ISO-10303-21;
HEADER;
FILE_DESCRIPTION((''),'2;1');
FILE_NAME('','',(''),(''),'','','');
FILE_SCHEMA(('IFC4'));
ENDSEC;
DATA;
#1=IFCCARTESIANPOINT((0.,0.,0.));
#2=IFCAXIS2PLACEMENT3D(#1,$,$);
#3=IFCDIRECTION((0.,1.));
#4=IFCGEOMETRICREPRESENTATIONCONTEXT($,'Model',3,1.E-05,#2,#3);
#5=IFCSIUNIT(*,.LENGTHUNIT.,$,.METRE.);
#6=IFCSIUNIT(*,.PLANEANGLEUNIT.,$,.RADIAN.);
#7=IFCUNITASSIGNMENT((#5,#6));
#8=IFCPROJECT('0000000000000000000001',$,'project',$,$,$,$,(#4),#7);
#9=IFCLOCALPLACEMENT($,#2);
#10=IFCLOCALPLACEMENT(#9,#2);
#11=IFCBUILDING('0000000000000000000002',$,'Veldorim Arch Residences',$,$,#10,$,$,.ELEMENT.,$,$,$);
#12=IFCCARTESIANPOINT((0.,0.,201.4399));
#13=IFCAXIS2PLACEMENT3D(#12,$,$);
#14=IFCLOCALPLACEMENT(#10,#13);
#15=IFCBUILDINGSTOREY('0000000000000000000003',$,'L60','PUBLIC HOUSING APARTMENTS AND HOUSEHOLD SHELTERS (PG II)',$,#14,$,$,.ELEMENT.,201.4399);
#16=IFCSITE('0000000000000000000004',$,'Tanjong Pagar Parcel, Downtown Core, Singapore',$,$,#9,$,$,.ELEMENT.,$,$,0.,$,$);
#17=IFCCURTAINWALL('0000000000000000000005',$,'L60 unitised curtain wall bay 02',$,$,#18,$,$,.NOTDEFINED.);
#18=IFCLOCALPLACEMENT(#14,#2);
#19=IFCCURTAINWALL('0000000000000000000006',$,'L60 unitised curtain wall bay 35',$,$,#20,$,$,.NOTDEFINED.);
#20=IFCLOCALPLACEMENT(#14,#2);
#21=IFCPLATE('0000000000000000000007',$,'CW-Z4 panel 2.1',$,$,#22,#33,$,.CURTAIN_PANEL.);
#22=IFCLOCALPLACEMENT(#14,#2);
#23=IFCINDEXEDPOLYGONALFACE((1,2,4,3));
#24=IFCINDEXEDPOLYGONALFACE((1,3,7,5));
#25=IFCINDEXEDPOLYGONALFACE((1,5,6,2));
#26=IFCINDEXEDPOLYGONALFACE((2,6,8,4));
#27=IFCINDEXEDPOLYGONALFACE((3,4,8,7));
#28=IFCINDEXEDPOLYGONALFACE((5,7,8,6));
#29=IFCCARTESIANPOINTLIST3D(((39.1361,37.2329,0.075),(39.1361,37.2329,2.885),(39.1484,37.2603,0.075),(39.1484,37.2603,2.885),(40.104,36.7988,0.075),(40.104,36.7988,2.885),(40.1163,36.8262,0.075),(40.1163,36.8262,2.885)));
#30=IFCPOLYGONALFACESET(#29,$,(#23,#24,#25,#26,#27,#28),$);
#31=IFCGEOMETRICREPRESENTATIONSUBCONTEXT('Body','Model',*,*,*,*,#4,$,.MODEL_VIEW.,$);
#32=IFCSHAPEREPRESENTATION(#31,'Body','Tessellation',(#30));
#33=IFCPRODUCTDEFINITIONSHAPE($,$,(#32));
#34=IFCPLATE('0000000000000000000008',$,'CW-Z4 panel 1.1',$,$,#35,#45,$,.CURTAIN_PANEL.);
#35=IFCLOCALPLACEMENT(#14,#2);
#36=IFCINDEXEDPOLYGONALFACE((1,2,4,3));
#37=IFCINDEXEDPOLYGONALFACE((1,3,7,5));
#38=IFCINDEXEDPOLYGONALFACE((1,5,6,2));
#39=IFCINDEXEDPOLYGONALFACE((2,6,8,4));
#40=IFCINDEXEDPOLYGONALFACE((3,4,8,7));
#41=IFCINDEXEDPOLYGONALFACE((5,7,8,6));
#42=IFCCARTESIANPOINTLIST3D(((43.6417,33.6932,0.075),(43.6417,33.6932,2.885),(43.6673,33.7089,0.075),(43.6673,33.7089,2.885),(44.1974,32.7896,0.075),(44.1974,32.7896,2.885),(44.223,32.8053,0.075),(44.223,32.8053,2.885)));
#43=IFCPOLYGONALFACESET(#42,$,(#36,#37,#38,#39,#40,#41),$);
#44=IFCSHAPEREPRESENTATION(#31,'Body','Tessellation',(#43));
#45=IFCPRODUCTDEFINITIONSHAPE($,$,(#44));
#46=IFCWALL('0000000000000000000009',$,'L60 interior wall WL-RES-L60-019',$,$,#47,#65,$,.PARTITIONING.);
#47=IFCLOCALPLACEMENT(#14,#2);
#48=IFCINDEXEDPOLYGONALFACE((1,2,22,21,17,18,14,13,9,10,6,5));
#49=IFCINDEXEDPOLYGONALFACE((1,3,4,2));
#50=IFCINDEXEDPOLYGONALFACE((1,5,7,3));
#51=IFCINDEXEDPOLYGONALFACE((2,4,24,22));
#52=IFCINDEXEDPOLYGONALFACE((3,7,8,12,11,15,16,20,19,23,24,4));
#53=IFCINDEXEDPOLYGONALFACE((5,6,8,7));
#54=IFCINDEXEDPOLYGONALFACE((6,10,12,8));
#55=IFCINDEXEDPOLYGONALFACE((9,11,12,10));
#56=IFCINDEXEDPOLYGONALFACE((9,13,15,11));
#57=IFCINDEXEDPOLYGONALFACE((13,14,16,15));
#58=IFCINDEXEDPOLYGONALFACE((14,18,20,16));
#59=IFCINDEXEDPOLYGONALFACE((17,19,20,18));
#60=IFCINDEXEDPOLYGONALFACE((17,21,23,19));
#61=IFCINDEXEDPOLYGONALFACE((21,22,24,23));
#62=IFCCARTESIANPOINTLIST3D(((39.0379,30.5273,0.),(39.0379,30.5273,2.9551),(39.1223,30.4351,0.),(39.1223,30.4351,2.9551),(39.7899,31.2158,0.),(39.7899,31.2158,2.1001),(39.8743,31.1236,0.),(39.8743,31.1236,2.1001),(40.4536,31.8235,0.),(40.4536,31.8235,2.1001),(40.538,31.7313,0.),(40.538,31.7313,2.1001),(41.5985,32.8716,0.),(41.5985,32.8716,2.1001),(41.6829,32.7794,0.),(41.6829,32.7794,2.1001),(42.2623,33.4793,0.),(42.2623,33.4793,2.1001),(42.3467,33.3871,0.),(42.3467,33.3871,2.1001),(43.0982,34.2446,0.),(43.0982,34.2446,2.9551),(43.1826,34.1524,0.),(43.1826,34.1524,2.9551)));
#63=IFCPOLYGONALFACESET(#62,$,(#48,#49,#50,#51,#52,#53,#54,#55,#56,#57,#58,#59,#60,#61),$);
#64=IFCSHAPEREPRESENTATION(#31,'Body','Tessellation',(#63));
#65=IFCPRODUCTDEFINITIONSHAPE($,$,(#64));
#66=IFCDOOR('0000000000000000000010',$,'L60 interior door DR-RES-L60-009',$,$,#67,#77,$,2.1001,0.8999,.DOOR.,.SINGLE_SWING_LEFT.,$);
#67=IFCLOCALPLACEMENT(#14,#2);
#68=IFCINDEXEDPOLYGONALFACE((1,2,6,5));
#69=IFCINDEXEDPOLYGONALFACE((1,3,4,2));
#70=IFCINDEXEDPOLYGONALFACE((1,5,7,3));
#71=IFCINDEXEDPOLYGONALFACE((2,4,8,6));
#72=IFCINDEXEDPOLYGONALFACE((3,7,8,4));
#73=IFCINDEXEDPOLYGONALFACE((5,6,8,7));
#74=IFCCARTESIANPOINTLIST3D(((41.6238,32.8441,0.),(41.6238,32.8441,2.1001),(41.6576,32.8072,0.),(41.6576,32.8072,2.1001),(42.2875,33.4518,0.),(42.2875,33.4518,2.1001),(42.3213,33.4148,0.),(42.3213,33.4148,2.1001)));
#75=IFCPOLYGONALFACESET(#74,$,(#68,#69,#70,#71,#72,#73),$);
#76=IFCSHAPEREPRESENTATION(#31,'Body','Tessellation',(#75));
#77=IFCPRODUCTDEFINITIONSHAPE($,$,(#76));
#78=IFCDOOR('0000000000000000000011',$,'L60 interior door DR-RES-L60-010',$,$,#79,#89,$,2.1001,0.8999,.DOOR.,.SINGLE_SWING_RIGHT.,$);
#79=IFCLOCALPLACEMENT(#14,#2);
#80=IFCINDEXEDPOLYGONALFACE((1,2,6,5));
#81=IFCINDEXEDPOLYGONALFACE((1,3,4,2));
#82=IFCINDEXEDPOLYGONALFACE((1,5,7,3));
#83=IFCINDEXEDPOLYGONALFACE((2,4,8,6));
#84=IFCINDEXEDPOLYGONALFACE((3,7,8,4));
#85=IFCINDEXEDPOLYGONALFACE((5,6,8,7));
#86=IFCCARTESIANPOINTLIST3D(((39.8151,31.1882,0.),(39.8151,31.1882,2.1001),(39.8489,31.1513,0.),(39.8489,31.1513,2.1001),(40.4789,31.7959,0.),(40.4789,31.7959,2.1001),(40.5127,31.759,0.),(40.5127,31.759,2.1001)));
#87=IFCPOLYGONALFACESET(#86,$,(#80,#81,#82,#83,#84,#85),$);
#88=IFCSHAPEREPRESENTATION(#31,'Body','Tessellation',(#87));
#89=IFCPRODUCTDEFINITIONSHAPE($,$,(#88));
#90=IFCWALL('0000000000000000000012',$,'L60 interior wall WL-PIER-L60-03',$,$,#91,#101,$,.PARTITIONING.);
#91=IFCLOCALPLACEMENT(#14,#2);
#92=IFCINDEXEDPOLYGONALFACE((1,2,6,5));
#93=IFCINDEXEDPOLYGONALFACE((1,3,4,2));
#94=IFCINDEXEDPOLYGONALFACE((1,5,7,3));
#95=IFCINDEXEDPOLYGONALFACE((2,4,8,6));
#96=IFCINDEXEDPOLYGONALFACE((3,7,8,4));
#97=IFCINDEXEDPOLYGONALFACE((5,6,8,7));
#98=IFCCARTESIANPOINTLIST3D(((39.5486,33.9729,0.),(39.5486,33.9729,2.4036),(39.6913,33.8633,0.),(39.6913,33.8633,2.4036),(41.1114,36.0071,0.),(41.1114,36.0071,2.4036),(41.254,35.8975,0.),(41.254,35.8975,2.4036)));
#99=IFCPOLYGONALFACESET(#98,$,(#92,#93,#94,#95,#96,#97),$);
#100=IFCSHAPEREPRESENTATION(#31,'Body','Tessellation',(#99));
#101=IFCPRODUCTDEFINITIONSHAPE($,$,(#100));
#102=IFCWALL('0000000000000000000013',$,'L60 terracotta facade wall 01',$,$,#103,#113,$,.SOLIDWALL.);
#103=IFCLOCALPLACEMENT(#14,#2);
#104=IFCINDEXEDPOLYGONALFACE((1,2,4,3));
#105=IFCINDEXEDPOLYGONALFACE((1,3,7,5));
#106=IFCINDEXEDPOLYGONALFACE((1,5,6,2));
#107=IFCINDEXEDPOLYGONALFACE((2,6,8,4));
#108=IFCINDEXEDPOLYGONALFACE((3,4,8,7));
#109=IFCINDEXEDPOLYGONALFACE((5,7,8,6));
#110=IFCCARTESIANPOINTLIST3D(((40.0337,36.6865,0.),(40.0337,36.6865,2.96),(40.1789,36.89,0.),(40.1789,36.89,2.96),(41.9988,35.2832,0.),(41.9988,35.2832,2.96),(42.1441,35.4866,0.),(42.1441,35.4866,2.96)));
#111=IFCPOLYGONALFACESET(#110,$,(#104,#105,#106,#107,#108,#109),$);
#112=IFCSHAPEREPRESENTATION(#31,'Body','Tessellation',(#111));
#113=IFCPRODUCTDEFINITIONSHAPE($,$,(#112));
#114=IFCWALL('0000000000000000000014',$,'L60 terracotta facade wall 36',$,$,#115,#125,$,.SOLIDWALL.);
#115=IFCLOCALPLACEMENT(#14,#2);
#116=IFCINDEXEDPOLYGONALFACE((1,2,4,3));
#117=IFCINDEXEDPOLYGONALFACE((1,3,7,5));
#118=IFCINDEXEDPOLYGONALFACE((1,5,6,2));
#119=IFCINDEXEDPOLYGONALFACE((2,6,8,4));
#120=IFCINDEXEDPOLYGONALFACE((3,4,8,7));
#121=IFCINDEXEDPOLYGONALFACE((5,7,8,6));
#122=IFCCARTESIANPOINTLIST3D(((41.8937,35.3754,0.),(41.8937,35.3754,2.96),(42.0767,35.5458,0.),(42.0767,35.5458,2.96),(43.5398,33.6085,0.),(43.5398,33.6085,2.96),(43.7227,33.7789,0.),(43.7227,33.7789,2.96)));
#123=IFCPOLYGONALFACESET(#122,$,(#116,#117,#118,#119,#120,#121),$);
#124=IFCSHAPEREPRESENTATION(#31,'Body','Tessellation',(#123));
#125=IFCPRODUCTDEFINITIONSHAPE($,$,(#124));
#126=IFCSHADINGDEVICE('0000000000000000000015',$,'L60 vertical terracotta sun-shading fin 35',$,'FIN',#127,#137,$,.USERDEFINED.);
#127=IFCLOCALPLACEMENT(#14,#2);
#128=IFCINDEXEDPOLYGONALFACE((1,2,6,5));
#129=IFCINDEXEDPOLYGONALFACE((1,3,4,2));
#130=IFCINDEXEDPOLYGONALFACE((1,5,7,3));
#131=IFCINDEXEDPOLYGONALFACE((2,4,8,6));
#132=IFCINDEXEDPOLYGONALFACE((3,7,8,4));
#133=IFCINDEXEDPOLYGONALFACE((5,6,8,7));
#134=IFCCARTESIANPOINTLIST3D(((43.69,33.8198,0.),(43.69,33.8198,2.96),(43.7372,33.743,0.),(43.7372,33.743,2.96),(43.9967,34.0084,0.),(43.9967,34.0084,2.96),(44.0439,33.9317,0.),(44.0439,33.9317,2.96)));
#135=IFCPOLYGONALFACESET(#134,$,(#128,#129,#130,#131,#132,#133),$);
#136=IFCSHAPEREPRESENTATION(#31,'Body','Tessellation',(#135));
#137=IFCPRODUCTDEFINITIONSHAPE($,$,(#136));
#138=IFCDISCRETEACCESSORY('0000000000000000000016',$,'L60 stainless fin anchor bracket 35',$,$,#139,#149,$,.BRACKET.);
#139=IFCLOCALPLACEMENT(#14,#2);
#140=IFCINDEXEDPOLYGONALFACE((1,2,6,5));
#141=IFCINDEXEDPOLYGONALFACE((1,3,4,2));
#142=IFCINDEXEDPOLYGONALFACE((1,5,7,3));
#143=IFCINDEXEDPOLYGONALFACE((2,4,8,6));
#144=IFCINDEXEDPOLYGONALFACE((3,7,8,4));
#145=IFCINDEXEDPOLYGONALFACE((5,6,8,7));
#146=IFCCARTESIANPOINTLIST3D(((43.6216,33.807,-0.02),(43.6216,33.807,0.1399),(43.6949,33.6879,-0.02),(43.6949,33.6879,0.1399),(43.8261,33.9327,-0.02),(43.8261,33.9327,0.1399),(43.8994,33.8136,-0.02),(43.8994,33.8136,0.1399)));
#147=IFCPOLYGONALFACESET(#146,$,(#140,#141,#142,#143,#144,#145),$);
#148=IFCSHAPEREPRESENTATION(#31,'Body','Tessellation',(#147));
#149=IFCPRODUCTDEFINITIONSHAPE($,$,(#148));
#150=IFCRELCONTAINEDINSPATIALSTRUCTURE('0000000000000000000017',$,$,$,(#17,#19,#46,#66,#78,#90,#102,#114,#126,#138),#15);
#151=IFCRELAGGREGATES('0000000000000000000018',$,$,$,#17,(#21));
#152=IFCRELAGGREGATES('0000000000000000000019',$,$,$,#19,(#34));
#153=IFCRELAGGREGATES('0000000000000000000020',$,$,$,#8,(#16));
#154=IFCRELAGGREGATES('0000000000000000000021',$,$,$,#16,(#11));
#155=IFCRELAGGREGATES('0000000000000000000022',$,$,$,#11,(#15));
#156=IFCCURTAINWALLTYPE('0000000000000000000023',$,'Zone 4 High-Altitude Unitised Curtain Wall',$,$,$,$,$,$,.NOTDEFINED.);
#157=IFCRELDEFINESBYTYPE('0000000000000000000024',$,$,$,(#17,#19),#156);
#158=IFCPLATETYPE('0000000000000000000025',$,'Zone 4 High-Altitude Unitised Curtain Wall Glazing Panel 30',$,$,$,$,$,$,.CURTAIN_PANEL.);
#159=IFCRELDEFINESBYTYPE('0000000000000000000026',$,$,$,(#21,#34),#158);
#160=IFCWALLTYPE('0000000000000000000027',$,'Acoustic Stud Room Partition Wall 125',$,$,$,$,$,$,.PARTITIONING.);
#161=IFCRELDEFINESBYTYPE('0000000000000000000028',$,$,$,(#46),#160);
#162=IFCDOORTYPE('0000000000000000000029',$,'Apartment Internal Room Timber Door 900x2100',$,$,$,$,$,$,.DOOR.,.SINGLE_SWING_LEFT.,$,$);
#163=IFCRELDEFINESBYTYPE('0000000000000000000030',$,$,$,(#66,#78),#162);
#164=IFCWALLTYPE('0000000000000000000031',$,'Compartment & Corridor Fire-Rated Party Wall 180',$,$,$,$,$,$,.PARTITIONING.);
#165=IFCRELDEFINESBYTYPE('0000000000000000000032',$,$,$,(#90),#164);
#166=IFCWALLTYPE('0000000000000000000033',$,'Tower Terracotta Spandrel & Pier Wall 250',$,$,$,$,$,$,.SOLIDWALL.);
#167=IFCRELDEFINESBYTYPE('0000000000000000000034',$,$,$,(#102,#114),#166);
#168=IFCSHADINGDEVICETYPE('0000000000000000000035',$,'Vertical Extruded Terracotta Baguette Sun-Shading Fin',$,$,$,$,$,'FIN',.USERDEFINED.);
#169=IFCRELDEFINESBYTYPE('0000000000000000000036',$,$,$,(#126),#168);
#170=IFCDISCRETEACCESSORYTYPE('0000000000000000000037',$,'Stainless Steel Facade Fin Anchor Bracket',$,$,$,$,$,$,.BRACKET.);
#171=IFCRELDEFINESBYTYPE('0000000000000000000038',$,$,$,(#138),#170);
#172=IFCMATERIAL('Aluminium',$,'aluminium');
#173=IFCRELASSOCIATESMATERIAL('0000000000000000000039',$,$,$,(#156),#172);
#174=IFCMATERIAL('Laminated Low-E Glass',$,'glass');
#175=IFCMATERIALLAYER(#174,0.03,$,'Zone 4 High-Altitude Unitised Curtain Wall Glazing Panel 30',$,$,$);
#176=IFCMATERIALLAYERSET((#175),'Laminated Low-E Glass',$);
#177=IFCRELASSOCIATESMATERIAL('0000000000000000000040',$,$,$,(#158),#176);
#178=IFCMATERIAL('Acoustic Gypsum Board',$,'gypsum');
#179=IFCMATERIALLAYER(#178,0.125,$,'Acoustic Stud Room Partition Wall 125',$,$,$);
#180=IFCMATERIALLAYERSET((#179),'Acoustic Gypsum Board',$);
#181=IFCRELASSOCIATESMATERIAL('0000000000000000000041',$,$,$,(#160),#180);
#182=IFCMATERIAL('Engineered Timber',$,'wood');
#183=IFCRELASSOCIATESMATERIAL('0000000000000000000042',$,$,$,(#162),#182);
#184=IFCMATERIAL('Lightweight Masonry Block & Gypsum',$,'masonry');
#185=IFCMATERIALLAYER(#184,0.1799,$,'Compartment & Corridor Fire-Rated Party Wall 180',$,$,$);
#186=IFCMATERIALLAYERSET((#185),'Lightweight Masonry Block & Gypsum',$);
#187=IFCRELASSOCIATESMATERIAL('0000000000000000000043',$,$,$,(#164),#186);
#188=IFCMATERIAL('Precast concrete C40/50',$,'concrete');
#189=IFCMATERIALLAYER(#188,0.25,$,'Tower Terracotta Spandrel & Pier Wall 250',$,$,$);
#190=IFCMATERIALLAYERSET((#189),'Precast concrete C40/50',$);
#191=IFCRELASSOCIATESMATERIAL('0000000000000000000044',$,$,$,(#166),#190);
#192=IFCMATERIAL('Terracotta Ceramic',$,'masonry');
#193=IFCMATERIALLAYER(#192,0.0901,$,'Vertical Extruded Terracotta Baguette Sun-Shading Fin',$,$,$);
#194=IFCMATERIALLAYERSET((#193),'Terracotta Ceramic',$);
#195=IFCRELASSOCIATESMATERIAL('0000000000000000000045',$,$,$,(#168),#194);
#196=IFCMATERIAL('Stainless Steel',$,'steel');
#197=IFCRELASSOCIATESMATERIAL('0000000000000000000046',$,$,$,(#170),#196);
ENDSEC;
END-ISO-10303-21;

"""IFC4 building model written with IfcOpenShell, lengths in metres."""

from ifc_helpers import new_model, si_unit, direction, frame, frame_2d, origin, origin_2d, place, context, subcontext, project, spatial, rectangle, extrude, material, layer, layer_set, type_object, element, fill, aggregate, save


model = new_model("IFC4")

# Units and contexts
model_context = context("Model", 3, precision=1e-05, world=origin(), true_north=direction((0.0, 1.0)))
body_context = subcontext(model_context, "Body", "Model", "MODEL_VIEW")
ifc_project = project(units=[si_unit("LENGTHUNIT", "METRE"), si_unit("PLANEANGLEUNIT", "RADIAN")], contexts=[model_context])

# Site, building, storey
site_placement = place(None, origin())
site = spatial("IfcSite", under=ifc_project, at=site_placement, Name="Tanjong Pagar Parcel, Downtown Core, Singapore", CompositionType="ELEMENT", RefElevation=0.0)
building_placement = place(site_placement, origin())
building = spatial("IfcBuilding", under=site, at=building_placement, Name="Veldorim Arch Residences", CompositionType="ELEMENT")
storey_placement = place(building_placement, frame((0.0, 0.0, 201.4399)))
storey = spatial("IfcBuildingStorey", under=building, at=storey_placement, Name="L60", Description="PUBLIC HOUSING APARTMENTS AND HOUSEHOLD SHELTERS (PG II)", CompositionType="ELEMENT", Elevation=201.4399)

# Curtain wall
ifc_material_1 = material(Name="Aluminium", Category="aluminium")
curtain_wall_type = type_object("IfcCurtainWallType", Name="Zone 4 High-Altitude Unitised Curtain Wall", PredefinedType="NOTDEFINED", material=ifc_material_1)
curtain_wall_1_placement = place(storey_placement, origin())
curtain_wall_1 = element("IfcCurtainWall", 1, at=curtain_wall_1_placement, inside=storey, type_object=curtain_wall_type, Name="L60 unitised curtain wall bay 02", PredefinedType="NOTDEFINED")

# Curtain wall
curtain_wall_2_placement = place(storey_placement, origin())
curtain_wall_2 = element("IfcCurtainWall", 2, at=curtain_wall_2_placement, inside=storey, type_object=curtain_wall_type, Name="L60 unitised curtain wall bay 35", PredefinedType="NOTDEFINED")

# Plates
ifc_material_2 = material(Name="Laminated Low-E Glass", Category="glass")
ifc_layer_1 = layer(ifc_material_2, 0.03, Name="Zone 4 High-Altitude Unitised Curtain Wall Glazing Panel 30")
ifc_layer_set_1 = layer_set([ifc_layer_1], Name="Laminated Low-E Glass")
plate_type = type_object("IfcPlateType", Name="Zone 4 High-Altitude Unitised Curtain Wall Glazing Panel 30", PredefinedType="CURTAIN_PANEL", material=ifc_layer_set_1)
plate_1_placement = place(storey_placement, frame((39.6262, 37.0295, 0.075), z_axis=(0.0, 0.0, 1.0), x_axis=(0.912468, -0.409149, 0.0)))
plate_1 = element("IfcPlate", 3, at=plate_1_placement, type_object=plate_type, Name="CW-Z4 panel 2.1", PredefinedType="CURTAIN_PANEL", context=body_context, shape_type="SweptSolid", body=[
    extrude(rectangle(XDim=1.0608, YDim=0.03, at=origin_2d()), origin(), (0.0, 0.0, 1.0), 2.8101),
])
aggregate(curtain_wall_1, [plate_1])
plate_2_placement = place(storey_placement, frame((43.9324, 33.2493, 0.075), z_axis=(0.0, 0.0, 1.0), x_axis=(0.523864, -0.851802, 0.0)))
plate_2 = element("IfcPlate", 4, at=plate_2_placement, type_object=plate_type, Name="CW-Z4 panel 1.1", PredefinedType="CURTAIN_PANEL", context=body_context, shape_type="SweptSolid", body=[
    extrude(rectangle(XDim=1.0608, YDim=0.03, at=origin_2d()), origin(), (0.0, 0.0, 1.0), 2.8101),
])
aggregate(curtain_wall_2, [plate_2])

# Wall, openings, doors
ifc_material_3 = material(Name="Acoustic Gypsum Board", Category="gypsum")
ifc_layer_2 = layer(ifc_material_3, 0.125, Name="Acoustic Stud Room Partition Wall 125")
ifc_layer_set_2 = layer_set([ifc_layer_2], Name="Acoustic Gypsum Board")
wall_type_1 = type_object("IfcWallType", Name="Acoustic Stud Room Partition Wall 125", PredefinedType="PARTITIONING", material=ifc_layer_set_2)
wall_1_placement = place(storey_placement, frame((43.1404, 34.1985, 0.0), z_axis=(0.0, 0.0, 1.0), x_axis=(-0.737576, -0.675265, 0.0)))
wall_1 = element("IfcWall", 5, at=wall_1_placement, inside=storey, type_object=wall_type_1, Name="L60 interior wall WL-RES-L60-019", PredefinedType="PARTITIONING", context=body_context, shape_type="SweptSolid", body=[
    extrude(rectangle(XDim=5.5049, YDim=0.125, at=frame_2d((2.7524, 0.0))), origin(), (0.0, 0.0, 1.0), 2.9551),
])
opening_1_placement = place(wall_1_placement, frame((1.1333, 0.0, 0.0)))
opening_1 = element("IfcOpeningElement", 6, at=opening_1_placement, cuts=wall_1, PredefinedType="OPENING", context=body_context, shape_type="SweptSolid", body=[
    extrude(rectangle(XDim=0.8999, YDim=2.1001, at=frame_2d((0.45, 1.05))), frame((0.0, 0.0725, 0.0), z_axis=(0.0, -1.0, 0.0), x_axis=(1.0, 0.0, 0.0)), (0.0, 0.0, 1.0), 0.145),
])
opening_2_placement = place(wall_1_placement, frame((3.5854, 0.0, 0.0)))
opening_2 = element("IfcOpeningElement", 7, at=opening_2_placement, cuts=wall_1, PredefinedType="OPENING", context=body_context, shape_type="SweptSolid", body=[
    extrude(rectangle(XDim=0.8999, YDim=2.1001, at=frame_2d((0.45, 1.05))), frame((0.0, 0.0725, 0.0), z_axis=(0.0, -1.0, 0.0), x_axis=(1.0, 0.0, 0.0)), (0.0, 0.0, 1.0), 0.145),
])
ifc_material_4 = material(Name="Engineered Timber", Category="wood")
door_type = type_object("IfcDoorType", Name="Apartment Internal Room Timber Door 900x2100", OperationType="SINGLE_SWING_LEFT", PredefinedType="DOOR", material=ifc_material_4)
door_1_placement = place(opening_1_placement, origin())
door_1 = element("IfcDoor", 8, at=door_1_placement, inside=storey, type_object=door_type, Name="L60 interior door DR-RES-L60-009", OperationType="SINGLE_SWING_LEFT", OverallHeight=2.1001, OverallWidth=0.8999, PredefinedType="DOOR", context=body_context, shape_type="SweptSolid", body=[
    extrude(rectangle(XDim=0.8999, YDim=2.1001, at=frame_2d((0.45, 1.05))), frame((0.0, 0.0249, 0.0), z_axis=(0.0, -1.0, 0.0), x_axis=(1.0, 0.0, 0.0)), (0.0, 0.0, 1.0), 0.05),
])
fill(opening_1, door_1)
door_2_placement = place(opening_2_placement, origin())
door_2 = element("IfcDoor", 9, at=door_2_placement, inside=storey, type_object=door_type, Name="L60 interior door DR-RES-L60-010", OperationType="SINGLE_SWING_RIGHT", OverallHeight=2.1001, OverallWidth=0.8999, PredefinedType="DOOR", context=body_context, shape_type="SweptSolid", body=[
    extrude(rectangle(XDim=0.8999, YDim=2.1001, at=frame_2d((0.45, 1.05))), frame((0.0, 0.0249, 0.0), z_axis=(0.0, -1.0, 0.0), x_axis=(1.0, 0.0, 0.0)), (0.0, 0.0, 1.0), 0.05),
])
fill(opening_2, door_2)

# Walls
ifc_material_5 = material(Name="Lightweight Masonry Block & Gypsum", Category="masonry")
ifc_layer_3 = layer(ifc_material_5, 0.1799, Name="Compartment & Corridor Fire-Rated Party Wall 180")
ifc_layer_set_3 = layer_set([ifc_layer_3], Name="Lightweight Masonry Block & Gypsum")
wall_type_2 = type_object("IfcWallType", Name="Compartment & Corridor Fire-Rated Party Wall 180", PredefinedType="PARTITIONING", material=ifc_layer_set_3)
wall_2_placement = place(storey_placement, frame((39.6199, 33.918, 0.0), z_axis=(0.0, 0.0, 1.0), x_axis=(0.609218, 0.793002, 0.0)))
element("IfcWall", 10, at=wall_2_placement, inside=storey, type_object=wall_type_2, Name="L60 interior wall WL-PIER-L60-03", PredefinedType="PARTITIONING", context=body_context, shape_type="SweptSolid", body=[
    extrude(rectangle(XDim=2.5652, YDim=0.1799, at=frame_2d((1.2827, 0.0))), origin(), (0.0, 0.0, 1.0), 2.4036),
])
ifc_material_6 = material(Name="Precast concrete C40/50", Category="concrete")
ifc_layer_4 = layer(ifc_material_6, 0.25, Name="Tower Terracotta Spandrel & Pier Wall 250")
ifc_layer_set_4 = layer_set([ifc_layer_4], Name="Precast concrete C40/50")
wall_type_3 = type_object("IfcWallType", Name="Tower Terracotta Spandrel & Pier Wall 250", PredefinedType="SOLIDWALL", material=ifc_layer_set_4)
for number, where, z_axis, x_axis, name in (
    (11, (40.1062, 36.7883, 0.0), (0.0, 0.0, 1.0), (0.813795, -0.581152, 0.0), "L60 terracotta facade wall 01"),
    (12, (41.9851, 35.4607, 0.0), (0.0, 0.0, 1.0), (0.681641, -0.731687, 0.0), "L60 terracotta facade wall 36"),
):
    element("IfcWall", number, at=place(storey_placement, frame(where, z_axis=z_axis, x_axis=x_axis)), inside=storey, type_object=wall_type_3, Name=name, PredefinedType="SOLIDWALL", context=body_context, shape_type="SweptSolid", body=[
        extrude(rectangle(XDim=2.4148, YDim=0.25, at=frame_2d((1.2075, 0.0))), origin(), (0.0, 0.0, 1.0), 2.96),
    ])

# Shading device
ifc_material_7 = material(Name="Terracotta Ceramic", Category="masonry")
ifc_layer_5 = layer(ifc_material_7, 0.0901, Name="Vertical Extruded Terracotta Baguette Sun-Shading Fin")
ifc_layer_set_5 = layer_set([ifc_layer_5], Name="Terracotta Ceramic")
shading_device_type = type_object("IfcShadingDeviceType", Name="Vertical Extruded Terracotta Baguette Sun-Shading Fin", ElementType="FIN", PredefinedType="USERDEFINED", material=ifc_layer_set_5)
shading_device_placement = place(storey_placement, frame((43.8669, 33.8757, 0.0), z_axis=(0.0, 0.0, 1.0), x_axis=(0.523837, -0.851818, 0.0)))
element("IfcShadingDevice", 13, at=shading_device_placement, inside=storey, type_object=shading_device_type, Name="L60 vertical terracotta sun-shading fin 35", ObjectType="FIN", PredefinedType="USERDEFINED", context=body_context, shape_type="SweptSolid", body=[
    extrude(rectangle(XDim=0.0901, YDim=0.3601, at=origin_2d()), origin(), (0.0, 0.0, 1.0), 2.96),
])

# Discrete accessory
ifc_material_8 = material(Name="Stainless Steel", Category="steel")
discrete_accessory_type = type_object("IfcDiscreteAccessoryType", Name="Stainless Steel Facade Fin Anchor Bracket", PredefinedType="BRACKET", material=ifc_material_8)
discrete_accessory_placement = place(storey_placement, frame((43.7605, 33.8103, -0.02), z_axis=(0.0, 0.0, 1.0), x_axis=(0.523837, -0.851818, 0.0)))
element("IfcDiscreteAccessory", 14, at=discrete_accessory_placement, inside=storey, type_object=discrete_accessory_type, Name="L60 stainless fin anchor bracket 35", PredefinedType="BRACKET", context=body_context, shape_type="SweptSolid", body=[
    extrude(rectangle(XDim=0.1399, YDim=0.24, at=origin_2d()), origin(), (0.0, 0.0, 1.0), 0.1599),
])

save(model, "model.ifc")
